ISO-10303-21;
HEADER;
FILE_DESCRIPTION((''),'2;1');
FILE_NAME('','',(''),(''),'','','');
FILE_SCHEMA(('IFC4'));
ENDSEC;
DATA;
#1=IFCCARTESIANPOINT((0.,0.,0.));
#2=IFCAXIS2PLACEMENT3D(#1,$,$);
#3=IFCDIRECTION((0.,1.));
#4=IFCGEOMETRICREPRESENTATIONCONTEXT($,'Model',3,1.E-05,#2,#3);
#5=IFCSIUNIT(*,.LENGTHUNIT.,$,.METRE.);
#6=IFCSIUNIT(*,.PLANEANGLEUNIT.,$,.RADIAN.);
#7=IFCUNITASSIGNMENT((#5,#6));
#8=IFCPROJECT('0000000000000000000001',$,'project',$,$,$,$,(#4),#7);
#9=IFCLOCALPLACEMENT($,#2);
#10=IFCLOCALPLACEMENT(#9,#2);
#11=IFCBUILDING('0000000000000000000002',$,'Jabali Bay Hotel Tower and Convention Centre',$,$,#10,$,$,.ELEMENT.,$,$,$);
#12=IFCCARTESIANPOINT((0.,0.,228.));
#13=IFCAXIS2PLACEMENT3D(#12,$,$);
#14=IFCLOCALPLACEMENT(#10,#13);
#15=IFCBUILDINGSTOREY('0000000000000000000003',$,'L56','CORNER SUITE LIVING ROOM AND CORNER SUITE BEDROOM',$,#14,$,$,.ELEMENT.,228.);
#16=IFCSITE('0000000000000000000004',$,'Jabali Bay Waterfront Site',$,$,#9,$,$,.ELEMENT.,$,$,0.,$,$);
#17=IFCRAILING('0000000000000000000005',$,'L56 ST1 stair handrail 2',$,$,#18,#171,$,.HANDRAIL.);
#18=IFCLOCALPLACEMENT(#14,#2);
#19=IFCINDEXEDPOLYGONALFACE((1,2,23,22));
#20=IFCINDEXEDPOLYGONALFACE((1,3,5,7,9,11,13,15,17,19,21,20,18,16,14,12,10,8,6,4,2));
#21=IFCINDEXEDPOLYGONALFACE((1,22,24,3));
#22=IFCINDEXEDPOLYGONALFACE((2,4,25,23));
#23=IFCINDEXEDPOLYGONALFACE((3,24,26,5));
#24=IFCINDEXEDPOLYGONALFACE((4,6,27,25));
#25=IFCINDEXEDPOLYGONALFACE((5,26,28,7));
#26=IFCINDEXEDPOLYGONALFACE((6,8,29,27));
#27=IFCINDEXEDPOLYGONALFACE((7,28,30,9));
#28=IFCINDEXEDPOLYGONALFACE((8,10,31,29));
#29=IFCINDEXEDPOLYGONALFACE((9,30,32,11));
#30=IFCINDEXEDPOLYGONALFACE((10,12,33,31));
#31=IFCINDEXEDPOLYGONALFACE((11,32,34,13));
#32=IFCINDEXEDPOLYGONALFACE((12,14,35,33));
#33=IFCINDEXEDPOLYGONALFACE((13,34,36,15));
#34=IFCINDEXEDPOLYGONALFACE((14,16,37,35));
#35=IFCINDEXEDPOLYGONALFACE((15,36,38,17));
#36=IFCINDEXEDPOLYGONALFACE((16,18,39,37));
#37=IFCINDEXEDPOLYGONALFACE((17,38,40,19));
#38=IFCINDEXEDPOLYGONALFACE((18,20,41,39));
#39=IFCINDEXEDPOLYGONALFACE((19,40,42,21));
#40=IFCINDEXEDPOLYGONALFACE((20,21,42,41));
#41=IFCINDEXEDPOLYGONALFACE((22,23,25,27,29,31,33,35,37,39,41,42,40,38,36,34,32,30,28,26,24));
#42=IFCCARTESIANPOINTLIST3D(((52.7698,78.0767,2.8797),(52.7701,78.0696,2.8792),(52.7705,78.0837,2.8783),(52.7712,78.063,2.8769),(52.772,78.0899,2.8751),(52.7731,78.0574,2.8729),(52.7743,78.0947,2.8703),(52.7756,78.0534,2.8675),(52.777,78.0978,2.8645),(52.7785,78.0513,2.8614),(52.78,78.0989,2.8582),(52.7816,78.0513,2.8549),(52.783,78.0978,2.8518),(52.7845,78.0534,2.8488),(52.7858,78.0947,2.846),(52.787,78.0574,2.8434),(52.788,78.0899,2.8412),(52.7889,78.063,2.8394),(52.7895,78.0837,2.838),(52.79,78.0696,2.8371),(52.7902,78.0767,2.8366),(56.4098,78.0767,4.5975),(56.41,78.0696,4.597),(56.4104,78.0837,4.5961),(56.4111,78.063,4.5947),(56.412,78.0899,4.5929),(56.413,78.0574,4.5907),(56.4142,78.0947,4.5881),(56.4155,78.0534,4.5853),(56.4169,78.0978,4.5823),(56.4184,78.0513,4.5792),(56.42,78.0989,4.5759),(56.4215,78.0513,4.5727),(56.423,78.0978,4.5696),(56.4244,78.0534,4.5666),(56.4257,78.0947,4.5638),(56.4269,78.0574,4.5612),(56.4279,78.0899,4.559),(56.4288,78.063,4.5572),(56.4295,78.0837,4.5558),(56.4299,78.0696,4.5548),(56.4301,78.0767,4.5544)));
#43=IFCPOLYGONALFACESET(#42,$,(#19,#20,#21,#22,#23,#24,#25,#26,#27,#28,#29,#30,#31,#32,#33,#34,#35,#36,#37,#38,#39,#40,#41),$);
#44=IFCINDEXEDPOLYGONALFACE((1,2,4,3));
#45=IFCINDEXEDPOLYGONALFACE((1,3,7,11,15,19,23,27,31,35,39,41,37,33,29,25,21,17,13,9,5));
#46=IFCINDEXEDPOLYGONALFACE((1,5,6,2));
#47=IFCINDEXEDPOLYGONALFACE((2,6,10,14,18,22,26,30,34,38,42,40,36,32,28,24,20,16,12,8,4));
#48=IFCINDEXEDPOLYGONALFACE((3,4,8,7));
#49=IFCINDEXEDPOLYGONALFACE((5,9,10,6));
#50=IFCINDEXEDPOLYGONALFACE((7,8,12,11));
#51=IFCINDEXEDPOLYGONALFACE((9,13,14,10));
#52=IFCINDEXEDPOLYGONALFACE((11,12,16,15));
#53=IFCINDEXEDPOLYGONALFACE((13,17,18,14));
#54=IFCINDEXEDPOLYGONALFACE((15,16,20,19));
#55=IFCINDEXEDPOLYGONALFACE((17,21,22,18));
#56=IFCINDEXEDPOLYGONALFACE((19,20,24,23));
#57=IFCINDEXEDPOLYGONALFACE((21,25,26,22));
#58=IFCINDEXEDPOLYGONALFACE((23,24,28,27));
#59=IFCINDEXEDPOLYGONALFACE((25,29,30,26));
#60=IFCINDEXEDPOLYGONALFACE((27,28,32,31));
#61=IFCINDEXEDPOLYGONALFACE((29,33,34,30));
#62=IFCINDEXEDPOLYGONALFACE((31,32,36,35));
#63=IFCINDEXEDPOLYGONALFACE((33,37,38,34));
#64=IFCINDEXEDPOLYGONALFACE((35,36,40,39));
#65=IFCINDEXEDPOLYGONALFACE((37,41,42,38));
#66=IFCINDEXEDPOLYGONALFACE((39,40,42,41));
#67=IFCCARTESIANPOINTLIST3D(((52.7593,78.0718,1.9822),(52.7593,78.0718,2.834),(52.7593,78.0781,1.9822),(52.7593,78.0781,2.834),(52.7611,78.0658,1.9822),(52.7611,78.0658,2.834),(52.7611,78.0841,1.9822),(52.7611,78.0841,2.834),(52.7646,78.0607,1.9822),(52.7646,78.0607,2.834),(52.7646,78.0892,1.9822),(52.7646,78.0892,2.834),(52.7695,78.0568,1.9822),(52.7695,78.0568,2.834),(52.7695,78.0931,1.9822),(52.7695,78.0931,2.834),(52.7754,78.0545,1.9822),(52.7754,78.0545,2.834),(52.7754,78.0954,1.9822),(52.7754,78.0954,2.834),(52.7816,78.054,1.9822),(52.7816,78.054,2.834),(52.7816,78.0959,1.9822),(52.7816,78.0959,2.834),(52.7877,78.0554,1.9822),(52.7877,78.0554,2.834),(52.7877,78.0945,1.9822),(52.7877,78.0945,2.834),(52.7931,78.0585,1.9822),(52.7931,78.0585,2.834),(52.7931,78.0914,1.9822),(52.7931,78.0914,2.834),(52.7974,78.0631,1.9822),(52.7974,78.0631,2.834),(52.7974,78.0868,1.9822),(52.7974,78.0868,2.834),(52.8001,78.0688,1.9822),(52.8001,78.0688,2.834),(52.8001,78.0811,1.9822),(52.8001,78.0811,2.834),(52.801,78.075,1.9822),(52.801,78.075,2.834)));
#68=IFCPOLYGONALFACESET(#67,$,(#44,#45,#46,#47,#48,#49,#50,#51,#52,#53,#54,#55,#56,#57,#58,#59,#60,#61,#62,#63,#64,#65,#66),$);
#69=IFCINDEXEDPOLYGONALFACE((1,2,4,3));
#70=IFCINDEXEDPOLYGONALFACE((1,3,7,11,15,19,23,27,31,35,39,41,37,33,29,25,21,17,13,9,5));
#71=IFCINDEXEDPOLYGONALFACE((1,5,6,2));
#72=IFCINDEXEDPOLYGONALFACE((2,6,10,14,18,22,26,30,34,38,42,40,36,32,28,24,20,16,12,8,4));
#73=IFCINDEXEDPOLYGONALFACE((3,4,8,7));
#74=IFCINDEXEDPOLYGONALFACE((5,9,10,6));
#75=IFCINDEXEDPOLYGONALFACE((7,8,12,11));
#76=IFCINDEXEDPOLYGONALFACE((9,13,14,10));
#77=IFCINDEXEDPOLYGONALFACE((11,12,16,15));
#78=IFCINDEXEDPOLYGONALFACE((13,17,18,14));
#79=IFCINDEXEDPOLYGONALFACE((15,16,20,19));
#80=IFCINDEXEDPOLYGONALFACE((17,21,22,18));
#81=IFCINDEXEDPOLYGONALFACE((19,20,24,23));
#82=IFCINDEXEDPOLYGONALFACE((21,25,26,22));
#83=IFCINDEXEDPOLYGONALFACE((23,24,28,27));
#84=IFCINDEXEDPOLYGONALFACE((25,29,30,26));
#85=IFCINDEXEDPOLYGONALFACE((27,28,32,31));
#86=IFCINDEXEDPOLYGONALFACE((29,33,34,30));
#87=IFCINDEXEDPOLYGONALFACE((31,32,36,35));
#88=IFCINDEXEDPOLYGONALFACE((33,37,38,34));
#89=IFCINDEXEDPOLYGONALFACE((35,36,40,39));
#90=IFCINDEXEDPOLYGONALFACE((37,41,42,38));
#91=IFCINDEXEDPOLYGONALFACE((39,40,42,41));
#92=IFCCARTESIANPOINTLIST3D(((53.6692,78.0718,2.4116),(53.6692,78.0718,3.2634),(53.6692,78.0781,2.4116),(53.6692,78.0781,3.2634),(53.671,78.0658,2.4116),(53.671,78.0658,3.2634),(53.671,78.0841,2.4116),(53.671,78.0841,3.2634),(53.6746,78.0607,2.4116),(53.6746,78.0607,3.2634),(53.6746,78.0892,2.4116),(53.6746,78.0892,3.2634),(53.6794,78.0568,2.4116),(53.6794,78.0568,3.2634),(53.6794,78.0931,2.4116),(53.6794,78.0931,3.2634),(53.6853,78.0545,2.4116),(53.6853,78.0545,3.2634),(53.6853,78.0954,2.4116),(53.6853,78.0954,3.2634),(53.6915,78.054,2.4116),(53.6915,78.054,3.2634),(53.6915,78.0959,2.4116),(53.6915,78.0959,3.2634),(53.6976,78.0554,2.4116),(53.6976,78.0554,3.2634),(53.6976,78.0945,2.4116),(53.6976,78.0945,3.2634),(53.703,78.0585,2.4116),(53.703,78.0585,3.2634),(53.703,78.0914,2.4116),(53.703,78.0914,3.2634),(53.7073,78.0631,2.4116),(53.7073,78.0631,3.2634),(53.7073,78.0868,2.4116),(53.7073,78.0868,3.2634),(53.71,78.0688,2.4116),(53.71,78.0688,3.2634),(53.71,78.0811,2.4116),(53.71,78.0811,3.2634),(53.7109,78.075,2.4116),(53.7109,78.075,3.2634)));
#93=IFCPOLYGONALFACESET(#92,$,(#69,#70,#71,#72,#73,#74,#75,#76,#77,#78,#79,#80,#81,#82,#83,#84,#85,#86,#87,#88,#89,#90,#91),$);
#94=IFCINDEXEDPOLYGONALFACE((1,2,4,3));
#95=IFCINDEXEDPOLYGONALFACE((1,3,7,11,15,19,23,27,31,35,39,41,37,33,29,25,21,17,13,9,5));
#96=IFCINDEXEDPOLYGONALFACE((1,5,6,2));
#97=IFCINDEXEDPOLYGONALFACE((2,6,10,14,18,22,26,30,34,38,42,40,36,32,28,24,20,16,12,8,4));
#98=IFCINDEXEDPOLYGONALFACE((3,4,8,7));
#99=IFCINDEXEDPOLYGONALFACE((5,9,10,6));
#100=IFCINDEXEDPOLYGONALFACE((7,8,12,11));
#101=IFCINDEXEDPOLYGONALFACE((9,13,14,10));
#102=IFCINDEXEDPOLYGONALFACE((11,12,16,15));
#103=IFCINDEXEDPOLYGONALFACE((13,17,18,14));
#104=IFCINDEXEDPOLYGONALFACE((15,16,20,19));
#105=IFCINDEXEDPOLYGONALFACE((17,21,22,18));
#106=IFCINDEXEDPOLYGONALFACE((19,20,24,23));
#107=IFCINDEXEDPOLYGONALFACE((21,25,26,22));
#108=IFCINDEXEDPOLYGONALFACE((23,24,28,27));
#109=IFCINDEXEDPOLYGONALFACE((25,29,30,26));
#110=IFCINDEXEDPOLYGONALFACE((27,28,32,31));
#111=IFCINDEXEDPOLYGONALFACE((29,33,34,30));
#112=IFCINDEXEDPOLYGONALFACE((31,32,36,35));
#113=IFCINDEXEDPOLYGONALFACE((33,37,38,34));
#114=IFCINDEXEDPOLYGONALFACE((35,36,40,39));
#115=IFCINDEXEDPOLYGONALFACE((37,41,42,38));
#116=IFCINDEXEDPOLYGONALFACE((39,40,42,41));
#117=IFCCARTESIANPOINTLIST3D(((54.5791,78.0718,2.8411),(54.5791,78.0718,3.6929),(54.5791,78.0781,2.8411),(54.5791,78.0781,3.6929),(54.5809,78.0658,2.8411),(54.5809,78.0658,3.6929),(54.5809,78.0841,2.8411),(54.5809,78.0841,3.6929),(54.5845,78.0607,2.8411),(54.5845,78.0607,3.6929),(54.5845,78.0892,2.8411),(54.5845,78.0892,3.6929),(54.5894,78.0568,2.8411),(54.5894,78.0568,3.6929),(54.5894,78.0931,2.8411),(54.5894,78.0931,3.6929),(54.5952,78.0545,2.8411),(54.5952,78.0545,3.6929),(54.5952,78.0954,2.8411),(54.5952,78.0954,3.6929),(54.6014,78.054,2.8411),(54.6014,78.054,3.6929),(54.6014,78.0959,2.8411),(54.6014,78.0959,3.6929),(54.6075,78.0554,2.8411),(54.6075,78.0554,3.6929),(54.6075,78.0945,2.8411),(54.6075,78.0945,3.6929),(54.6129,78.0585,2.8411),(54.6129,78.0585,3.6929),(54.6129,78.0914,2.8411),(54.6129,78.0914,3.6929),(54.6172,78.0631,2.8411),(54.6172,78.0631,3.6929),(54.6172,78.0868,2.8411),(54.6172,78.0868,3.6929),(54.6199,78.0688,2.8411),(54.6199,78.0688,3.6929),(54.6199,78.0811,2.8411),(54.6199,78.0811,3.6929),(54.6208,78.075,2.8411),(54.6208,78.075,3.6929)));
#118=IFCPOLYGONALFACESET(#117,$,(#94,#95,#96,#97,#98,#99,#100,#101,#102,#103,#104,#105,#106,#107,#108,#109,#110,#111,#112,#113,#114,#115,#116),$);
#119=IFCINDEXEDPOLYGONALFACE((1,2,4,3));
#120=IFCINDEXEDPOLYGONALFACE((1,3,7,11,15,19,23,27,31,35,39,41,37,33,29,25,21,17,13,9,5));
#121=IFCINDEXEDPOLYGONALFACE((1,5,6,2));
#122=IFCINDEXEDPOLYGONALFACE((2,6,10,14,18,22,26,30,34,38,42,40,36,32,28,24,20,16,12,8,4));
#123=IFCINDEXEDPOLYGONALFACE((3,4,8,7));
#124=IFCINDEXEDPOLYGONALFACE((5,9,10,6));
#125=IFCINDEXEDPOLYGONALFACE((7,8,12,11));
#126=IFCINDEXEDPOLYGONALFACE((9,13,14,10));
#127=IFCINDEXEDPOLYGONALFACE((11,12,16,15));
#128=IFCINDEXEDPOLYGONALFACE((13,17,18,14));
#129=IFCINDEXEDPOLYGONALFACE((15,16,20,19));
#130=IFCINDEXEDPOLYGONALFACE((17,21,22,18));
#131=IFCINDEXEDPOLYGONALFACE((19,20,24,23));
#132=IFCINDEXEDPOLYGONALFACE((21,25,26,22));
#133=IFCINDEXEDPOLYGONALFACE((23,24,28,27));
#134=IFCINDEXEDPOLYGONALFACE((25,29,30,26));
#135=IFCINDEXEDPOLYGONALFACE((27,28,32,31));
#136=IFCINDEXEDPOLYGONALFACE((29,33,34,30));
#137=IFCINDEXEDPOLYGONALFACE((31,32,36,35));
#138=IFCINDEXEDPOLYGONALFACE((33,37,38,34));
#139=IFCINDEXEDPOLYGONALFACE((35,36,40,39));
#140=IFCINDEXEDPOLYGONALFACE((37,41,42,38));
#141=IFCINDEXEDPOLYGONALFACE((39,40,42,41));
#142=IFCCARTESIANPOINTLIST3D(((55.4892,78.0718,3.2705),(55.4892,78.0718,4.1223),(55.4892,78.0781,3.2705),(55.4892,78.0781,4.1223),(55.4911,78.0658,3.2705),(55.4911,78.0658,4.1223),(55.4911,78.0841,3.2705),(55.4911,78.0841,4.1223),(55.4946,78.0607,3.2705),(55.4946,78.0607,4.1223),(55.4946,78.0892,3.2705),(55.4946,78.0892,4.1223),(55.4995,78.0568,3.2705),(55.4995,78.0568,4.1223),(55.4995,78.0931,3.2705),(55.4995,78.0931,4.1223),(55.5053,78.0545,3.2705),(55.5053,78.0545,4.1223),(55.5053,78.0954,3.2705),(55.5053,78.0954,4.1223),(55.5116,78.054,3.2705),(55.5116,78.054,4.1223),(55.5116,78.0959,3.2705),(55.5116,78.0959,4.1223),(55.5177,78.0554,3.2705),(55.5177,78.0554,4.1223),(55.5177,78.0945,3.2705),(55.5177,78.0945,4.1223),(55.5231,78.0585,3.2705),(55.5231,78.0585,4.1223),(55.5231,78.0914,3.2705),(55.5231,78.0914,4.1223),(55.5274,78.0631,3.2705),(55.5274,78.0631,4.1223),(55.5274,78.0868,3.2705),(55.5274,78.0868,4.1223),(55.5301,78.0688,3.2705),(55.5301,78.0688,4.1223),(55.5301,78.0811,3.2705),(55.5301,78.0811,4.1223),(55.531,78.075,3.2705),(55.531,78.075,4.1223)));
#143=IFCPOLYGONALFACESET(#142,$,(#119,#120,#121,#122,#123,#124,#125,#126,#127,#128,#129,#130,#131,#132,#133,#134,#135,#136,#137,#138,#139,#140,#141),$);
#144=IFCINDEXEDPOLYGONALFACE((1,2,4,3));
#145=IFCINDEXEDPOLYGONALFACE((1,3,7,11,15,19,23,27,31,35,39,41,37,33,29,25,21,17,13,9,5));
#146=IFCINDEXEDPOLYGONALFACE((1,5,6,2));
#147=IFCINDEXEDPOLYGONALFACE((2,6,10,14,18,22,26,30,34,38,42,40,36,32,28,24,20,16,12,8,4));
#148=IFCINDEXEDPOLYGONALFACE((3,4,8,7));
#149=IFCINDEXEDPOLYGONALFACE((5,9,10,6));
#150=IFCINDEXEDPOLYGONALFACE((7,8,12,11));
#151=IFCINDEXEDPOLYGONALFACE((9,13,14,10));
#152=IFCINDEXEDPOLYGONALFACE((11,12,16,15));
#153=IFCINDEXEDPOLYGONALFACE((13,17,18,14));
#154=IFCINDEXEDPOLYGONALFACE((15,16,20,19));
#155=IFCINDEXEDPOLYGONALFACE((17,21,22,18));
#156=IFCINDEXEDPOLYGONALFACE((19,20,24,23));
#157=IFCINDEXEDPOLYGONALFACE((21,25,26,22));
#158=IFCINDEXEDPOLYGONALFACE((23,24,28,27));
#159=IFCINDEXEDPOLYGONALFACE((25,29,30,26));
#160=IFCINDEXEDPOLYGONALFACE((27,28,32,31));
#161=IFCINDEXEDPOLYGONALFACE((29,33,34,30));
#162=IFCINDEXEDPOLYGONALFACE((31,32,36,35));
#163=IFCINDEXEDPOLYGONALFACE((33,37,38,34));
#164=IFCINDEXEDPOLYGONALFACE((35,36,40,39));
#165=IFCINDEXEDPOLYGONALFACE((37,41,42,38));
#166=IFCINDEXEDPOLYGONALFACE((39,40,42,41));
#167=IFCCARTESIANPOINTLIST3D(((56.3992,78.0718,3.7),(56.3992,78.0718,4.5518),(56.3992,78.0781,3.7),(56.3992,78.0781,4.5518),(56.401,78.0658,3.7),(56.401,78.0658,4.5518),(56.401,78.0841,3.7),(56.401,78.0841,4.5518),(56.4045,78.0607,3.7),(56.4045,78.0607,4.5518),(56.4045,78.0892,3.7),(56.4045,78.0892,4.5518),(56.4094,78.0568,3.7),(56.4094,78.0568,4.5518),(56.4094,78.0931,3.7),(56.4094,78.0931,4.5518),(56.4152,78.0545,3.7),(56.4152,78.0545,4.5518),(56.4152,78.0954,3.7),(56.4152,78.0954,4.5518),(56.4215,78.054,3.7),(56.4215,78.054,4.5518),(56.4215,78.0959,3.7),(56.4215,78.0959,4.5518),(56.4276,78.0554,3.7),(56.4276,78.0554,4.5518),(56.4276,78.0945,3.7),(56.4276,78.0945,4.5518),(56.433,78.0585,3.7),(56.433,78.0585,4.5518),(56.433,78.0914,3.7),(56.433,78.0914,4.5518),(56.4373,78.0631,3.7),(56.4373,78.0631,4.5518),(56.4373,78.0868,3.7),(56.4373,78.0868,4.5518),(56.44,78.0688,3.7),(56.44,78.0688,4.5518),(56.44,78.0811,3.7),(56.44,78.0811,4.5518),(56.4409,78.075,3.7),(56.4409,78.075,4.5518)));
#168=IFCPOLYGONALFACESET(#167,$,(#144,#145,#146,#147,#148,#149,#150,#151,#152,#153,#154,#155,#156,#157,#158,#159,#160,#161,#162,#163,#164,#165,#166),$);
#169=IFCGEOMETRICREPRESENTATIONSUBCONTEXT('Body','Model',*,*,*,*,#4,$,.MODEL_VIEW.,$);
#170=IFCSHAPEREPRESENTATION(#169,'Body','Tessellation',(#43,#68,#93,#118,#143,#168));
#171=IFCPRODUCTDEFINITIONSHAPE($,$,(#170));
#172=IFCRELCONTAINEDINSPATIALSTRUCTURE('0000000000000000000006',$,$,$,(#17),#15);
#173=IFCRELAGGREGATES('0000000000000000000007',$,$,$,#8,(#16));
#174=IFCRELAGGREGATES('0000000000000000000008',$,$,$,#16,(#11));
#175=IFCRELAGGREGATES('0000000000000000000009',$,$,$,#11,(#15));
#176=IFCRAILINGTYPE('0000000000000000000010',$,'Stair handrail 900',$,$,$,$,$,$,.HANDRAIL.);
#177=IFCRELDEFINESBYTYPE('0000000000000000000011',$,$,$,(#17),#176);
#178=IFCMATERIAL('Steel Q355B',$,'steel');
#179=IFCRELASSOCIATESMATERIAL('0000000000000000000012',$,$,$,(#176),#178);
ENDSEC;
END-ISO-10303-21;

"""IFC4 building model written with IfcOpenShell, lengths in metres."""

from ifc_helpers import new_model, si_unit, direction, frame, origin, origin_2d, place, context, subcontext, project, spatial, circle, extrude, material, type_object, element, save


model = new_model("IFC4")

# Units and contexts
model_context = context("Model", 3, precision=1e-05, world=origin(), true_north=direction((0.0, 1.0)))
body_context = subcontext(model_context, "Body", "Model", "MODEL_VIEW")
ifc_project = project(units=[si_unit("LENGTHUNIT", "METRE"), si_unit("PLANEANGLEUNIT", "RADIAN")], contexts=[model_context])

# Site, building, storey
site_placement = place(None, origin())
site = spatial("IfcSite", under=ifc_project, at=site_placement, Name="Jabali Bay Waterfront Site", CompositionType="ELEMENT", RefElevation=0.0)
building_placement = place(site_placement, origin())
building = spatial("IfcBuilding", under=site, at=building_placement, Name="Jabali Bay Hotel Tower and Convention Centre", CompositionType="ELEMENT")
storey_placement = place(building_placement, frame((0.0, 0.0, 228.0)))
storey = spatial("IfcBuildingStorey", under=building, at=storey_placement, Name="L56", Description="CORNER SUITE LIVING ROOM AND CORNER SUITE BEDROOM", CompositionType="ELEMENT", Elevation=228.0)

# Railing
ifc_material_1 = material(Name="Steel Q355B", Category="steel")
railing_type = type_object("IfcRailingType", Name="Stair handrail 900", PredefinedType="HANDRAIL", material=ifc_material_1)
railing_placement = place(storey_placement, frame((52.78, 78.075, 1.9822)))
element("IfcRailing", 1, at=railing_placement, inside=storey, type_object=railing_type, Name="L56 ST1 stair handrail 2", PredefinedType="HANDRAIL", context=body_context, shape_type="SweptSolid", body=[
    extrude(circle(Radius=0.0239, at=origin_2d()), frame((0.0, 0.0, 0.876), z_axis=(0.904351, 0.0, 0.42679), x_axis=(0.0, 1.0, 0.0)), (0.0, 0.0, 1.0), 4.0249),
    extrude(circle(Radius=0.021, at=origin_2d()), origin(), (0.0, 0.0, 1.0), 0.8518),
    extrude(circle(Radius=0.021, at=origin_2d()), frame((0.9099, 0.0, 0.4294)), (0.0, 0.0, 1.0), 0.8518),
    extrude(circle(Radius=0.021, at=origin_2d()), frame((1.8198, 0.0, 0.8589)), (0.0, 0.0, 1.0), 0.8518),
    extrude(circle(Radius=0.021, at=origin_2d()), frame((2.73, 0.0, 1.2883)), (0.0, 0.0, 1.0), 0.8518),
    extrude(circle(Radius=0.021, at=origin_2d()), frame((3.6399, 0.0, 1.7178)), (0.0, 0.0, 1.0), 0.8518),
])

save(model, "model.ifc")
